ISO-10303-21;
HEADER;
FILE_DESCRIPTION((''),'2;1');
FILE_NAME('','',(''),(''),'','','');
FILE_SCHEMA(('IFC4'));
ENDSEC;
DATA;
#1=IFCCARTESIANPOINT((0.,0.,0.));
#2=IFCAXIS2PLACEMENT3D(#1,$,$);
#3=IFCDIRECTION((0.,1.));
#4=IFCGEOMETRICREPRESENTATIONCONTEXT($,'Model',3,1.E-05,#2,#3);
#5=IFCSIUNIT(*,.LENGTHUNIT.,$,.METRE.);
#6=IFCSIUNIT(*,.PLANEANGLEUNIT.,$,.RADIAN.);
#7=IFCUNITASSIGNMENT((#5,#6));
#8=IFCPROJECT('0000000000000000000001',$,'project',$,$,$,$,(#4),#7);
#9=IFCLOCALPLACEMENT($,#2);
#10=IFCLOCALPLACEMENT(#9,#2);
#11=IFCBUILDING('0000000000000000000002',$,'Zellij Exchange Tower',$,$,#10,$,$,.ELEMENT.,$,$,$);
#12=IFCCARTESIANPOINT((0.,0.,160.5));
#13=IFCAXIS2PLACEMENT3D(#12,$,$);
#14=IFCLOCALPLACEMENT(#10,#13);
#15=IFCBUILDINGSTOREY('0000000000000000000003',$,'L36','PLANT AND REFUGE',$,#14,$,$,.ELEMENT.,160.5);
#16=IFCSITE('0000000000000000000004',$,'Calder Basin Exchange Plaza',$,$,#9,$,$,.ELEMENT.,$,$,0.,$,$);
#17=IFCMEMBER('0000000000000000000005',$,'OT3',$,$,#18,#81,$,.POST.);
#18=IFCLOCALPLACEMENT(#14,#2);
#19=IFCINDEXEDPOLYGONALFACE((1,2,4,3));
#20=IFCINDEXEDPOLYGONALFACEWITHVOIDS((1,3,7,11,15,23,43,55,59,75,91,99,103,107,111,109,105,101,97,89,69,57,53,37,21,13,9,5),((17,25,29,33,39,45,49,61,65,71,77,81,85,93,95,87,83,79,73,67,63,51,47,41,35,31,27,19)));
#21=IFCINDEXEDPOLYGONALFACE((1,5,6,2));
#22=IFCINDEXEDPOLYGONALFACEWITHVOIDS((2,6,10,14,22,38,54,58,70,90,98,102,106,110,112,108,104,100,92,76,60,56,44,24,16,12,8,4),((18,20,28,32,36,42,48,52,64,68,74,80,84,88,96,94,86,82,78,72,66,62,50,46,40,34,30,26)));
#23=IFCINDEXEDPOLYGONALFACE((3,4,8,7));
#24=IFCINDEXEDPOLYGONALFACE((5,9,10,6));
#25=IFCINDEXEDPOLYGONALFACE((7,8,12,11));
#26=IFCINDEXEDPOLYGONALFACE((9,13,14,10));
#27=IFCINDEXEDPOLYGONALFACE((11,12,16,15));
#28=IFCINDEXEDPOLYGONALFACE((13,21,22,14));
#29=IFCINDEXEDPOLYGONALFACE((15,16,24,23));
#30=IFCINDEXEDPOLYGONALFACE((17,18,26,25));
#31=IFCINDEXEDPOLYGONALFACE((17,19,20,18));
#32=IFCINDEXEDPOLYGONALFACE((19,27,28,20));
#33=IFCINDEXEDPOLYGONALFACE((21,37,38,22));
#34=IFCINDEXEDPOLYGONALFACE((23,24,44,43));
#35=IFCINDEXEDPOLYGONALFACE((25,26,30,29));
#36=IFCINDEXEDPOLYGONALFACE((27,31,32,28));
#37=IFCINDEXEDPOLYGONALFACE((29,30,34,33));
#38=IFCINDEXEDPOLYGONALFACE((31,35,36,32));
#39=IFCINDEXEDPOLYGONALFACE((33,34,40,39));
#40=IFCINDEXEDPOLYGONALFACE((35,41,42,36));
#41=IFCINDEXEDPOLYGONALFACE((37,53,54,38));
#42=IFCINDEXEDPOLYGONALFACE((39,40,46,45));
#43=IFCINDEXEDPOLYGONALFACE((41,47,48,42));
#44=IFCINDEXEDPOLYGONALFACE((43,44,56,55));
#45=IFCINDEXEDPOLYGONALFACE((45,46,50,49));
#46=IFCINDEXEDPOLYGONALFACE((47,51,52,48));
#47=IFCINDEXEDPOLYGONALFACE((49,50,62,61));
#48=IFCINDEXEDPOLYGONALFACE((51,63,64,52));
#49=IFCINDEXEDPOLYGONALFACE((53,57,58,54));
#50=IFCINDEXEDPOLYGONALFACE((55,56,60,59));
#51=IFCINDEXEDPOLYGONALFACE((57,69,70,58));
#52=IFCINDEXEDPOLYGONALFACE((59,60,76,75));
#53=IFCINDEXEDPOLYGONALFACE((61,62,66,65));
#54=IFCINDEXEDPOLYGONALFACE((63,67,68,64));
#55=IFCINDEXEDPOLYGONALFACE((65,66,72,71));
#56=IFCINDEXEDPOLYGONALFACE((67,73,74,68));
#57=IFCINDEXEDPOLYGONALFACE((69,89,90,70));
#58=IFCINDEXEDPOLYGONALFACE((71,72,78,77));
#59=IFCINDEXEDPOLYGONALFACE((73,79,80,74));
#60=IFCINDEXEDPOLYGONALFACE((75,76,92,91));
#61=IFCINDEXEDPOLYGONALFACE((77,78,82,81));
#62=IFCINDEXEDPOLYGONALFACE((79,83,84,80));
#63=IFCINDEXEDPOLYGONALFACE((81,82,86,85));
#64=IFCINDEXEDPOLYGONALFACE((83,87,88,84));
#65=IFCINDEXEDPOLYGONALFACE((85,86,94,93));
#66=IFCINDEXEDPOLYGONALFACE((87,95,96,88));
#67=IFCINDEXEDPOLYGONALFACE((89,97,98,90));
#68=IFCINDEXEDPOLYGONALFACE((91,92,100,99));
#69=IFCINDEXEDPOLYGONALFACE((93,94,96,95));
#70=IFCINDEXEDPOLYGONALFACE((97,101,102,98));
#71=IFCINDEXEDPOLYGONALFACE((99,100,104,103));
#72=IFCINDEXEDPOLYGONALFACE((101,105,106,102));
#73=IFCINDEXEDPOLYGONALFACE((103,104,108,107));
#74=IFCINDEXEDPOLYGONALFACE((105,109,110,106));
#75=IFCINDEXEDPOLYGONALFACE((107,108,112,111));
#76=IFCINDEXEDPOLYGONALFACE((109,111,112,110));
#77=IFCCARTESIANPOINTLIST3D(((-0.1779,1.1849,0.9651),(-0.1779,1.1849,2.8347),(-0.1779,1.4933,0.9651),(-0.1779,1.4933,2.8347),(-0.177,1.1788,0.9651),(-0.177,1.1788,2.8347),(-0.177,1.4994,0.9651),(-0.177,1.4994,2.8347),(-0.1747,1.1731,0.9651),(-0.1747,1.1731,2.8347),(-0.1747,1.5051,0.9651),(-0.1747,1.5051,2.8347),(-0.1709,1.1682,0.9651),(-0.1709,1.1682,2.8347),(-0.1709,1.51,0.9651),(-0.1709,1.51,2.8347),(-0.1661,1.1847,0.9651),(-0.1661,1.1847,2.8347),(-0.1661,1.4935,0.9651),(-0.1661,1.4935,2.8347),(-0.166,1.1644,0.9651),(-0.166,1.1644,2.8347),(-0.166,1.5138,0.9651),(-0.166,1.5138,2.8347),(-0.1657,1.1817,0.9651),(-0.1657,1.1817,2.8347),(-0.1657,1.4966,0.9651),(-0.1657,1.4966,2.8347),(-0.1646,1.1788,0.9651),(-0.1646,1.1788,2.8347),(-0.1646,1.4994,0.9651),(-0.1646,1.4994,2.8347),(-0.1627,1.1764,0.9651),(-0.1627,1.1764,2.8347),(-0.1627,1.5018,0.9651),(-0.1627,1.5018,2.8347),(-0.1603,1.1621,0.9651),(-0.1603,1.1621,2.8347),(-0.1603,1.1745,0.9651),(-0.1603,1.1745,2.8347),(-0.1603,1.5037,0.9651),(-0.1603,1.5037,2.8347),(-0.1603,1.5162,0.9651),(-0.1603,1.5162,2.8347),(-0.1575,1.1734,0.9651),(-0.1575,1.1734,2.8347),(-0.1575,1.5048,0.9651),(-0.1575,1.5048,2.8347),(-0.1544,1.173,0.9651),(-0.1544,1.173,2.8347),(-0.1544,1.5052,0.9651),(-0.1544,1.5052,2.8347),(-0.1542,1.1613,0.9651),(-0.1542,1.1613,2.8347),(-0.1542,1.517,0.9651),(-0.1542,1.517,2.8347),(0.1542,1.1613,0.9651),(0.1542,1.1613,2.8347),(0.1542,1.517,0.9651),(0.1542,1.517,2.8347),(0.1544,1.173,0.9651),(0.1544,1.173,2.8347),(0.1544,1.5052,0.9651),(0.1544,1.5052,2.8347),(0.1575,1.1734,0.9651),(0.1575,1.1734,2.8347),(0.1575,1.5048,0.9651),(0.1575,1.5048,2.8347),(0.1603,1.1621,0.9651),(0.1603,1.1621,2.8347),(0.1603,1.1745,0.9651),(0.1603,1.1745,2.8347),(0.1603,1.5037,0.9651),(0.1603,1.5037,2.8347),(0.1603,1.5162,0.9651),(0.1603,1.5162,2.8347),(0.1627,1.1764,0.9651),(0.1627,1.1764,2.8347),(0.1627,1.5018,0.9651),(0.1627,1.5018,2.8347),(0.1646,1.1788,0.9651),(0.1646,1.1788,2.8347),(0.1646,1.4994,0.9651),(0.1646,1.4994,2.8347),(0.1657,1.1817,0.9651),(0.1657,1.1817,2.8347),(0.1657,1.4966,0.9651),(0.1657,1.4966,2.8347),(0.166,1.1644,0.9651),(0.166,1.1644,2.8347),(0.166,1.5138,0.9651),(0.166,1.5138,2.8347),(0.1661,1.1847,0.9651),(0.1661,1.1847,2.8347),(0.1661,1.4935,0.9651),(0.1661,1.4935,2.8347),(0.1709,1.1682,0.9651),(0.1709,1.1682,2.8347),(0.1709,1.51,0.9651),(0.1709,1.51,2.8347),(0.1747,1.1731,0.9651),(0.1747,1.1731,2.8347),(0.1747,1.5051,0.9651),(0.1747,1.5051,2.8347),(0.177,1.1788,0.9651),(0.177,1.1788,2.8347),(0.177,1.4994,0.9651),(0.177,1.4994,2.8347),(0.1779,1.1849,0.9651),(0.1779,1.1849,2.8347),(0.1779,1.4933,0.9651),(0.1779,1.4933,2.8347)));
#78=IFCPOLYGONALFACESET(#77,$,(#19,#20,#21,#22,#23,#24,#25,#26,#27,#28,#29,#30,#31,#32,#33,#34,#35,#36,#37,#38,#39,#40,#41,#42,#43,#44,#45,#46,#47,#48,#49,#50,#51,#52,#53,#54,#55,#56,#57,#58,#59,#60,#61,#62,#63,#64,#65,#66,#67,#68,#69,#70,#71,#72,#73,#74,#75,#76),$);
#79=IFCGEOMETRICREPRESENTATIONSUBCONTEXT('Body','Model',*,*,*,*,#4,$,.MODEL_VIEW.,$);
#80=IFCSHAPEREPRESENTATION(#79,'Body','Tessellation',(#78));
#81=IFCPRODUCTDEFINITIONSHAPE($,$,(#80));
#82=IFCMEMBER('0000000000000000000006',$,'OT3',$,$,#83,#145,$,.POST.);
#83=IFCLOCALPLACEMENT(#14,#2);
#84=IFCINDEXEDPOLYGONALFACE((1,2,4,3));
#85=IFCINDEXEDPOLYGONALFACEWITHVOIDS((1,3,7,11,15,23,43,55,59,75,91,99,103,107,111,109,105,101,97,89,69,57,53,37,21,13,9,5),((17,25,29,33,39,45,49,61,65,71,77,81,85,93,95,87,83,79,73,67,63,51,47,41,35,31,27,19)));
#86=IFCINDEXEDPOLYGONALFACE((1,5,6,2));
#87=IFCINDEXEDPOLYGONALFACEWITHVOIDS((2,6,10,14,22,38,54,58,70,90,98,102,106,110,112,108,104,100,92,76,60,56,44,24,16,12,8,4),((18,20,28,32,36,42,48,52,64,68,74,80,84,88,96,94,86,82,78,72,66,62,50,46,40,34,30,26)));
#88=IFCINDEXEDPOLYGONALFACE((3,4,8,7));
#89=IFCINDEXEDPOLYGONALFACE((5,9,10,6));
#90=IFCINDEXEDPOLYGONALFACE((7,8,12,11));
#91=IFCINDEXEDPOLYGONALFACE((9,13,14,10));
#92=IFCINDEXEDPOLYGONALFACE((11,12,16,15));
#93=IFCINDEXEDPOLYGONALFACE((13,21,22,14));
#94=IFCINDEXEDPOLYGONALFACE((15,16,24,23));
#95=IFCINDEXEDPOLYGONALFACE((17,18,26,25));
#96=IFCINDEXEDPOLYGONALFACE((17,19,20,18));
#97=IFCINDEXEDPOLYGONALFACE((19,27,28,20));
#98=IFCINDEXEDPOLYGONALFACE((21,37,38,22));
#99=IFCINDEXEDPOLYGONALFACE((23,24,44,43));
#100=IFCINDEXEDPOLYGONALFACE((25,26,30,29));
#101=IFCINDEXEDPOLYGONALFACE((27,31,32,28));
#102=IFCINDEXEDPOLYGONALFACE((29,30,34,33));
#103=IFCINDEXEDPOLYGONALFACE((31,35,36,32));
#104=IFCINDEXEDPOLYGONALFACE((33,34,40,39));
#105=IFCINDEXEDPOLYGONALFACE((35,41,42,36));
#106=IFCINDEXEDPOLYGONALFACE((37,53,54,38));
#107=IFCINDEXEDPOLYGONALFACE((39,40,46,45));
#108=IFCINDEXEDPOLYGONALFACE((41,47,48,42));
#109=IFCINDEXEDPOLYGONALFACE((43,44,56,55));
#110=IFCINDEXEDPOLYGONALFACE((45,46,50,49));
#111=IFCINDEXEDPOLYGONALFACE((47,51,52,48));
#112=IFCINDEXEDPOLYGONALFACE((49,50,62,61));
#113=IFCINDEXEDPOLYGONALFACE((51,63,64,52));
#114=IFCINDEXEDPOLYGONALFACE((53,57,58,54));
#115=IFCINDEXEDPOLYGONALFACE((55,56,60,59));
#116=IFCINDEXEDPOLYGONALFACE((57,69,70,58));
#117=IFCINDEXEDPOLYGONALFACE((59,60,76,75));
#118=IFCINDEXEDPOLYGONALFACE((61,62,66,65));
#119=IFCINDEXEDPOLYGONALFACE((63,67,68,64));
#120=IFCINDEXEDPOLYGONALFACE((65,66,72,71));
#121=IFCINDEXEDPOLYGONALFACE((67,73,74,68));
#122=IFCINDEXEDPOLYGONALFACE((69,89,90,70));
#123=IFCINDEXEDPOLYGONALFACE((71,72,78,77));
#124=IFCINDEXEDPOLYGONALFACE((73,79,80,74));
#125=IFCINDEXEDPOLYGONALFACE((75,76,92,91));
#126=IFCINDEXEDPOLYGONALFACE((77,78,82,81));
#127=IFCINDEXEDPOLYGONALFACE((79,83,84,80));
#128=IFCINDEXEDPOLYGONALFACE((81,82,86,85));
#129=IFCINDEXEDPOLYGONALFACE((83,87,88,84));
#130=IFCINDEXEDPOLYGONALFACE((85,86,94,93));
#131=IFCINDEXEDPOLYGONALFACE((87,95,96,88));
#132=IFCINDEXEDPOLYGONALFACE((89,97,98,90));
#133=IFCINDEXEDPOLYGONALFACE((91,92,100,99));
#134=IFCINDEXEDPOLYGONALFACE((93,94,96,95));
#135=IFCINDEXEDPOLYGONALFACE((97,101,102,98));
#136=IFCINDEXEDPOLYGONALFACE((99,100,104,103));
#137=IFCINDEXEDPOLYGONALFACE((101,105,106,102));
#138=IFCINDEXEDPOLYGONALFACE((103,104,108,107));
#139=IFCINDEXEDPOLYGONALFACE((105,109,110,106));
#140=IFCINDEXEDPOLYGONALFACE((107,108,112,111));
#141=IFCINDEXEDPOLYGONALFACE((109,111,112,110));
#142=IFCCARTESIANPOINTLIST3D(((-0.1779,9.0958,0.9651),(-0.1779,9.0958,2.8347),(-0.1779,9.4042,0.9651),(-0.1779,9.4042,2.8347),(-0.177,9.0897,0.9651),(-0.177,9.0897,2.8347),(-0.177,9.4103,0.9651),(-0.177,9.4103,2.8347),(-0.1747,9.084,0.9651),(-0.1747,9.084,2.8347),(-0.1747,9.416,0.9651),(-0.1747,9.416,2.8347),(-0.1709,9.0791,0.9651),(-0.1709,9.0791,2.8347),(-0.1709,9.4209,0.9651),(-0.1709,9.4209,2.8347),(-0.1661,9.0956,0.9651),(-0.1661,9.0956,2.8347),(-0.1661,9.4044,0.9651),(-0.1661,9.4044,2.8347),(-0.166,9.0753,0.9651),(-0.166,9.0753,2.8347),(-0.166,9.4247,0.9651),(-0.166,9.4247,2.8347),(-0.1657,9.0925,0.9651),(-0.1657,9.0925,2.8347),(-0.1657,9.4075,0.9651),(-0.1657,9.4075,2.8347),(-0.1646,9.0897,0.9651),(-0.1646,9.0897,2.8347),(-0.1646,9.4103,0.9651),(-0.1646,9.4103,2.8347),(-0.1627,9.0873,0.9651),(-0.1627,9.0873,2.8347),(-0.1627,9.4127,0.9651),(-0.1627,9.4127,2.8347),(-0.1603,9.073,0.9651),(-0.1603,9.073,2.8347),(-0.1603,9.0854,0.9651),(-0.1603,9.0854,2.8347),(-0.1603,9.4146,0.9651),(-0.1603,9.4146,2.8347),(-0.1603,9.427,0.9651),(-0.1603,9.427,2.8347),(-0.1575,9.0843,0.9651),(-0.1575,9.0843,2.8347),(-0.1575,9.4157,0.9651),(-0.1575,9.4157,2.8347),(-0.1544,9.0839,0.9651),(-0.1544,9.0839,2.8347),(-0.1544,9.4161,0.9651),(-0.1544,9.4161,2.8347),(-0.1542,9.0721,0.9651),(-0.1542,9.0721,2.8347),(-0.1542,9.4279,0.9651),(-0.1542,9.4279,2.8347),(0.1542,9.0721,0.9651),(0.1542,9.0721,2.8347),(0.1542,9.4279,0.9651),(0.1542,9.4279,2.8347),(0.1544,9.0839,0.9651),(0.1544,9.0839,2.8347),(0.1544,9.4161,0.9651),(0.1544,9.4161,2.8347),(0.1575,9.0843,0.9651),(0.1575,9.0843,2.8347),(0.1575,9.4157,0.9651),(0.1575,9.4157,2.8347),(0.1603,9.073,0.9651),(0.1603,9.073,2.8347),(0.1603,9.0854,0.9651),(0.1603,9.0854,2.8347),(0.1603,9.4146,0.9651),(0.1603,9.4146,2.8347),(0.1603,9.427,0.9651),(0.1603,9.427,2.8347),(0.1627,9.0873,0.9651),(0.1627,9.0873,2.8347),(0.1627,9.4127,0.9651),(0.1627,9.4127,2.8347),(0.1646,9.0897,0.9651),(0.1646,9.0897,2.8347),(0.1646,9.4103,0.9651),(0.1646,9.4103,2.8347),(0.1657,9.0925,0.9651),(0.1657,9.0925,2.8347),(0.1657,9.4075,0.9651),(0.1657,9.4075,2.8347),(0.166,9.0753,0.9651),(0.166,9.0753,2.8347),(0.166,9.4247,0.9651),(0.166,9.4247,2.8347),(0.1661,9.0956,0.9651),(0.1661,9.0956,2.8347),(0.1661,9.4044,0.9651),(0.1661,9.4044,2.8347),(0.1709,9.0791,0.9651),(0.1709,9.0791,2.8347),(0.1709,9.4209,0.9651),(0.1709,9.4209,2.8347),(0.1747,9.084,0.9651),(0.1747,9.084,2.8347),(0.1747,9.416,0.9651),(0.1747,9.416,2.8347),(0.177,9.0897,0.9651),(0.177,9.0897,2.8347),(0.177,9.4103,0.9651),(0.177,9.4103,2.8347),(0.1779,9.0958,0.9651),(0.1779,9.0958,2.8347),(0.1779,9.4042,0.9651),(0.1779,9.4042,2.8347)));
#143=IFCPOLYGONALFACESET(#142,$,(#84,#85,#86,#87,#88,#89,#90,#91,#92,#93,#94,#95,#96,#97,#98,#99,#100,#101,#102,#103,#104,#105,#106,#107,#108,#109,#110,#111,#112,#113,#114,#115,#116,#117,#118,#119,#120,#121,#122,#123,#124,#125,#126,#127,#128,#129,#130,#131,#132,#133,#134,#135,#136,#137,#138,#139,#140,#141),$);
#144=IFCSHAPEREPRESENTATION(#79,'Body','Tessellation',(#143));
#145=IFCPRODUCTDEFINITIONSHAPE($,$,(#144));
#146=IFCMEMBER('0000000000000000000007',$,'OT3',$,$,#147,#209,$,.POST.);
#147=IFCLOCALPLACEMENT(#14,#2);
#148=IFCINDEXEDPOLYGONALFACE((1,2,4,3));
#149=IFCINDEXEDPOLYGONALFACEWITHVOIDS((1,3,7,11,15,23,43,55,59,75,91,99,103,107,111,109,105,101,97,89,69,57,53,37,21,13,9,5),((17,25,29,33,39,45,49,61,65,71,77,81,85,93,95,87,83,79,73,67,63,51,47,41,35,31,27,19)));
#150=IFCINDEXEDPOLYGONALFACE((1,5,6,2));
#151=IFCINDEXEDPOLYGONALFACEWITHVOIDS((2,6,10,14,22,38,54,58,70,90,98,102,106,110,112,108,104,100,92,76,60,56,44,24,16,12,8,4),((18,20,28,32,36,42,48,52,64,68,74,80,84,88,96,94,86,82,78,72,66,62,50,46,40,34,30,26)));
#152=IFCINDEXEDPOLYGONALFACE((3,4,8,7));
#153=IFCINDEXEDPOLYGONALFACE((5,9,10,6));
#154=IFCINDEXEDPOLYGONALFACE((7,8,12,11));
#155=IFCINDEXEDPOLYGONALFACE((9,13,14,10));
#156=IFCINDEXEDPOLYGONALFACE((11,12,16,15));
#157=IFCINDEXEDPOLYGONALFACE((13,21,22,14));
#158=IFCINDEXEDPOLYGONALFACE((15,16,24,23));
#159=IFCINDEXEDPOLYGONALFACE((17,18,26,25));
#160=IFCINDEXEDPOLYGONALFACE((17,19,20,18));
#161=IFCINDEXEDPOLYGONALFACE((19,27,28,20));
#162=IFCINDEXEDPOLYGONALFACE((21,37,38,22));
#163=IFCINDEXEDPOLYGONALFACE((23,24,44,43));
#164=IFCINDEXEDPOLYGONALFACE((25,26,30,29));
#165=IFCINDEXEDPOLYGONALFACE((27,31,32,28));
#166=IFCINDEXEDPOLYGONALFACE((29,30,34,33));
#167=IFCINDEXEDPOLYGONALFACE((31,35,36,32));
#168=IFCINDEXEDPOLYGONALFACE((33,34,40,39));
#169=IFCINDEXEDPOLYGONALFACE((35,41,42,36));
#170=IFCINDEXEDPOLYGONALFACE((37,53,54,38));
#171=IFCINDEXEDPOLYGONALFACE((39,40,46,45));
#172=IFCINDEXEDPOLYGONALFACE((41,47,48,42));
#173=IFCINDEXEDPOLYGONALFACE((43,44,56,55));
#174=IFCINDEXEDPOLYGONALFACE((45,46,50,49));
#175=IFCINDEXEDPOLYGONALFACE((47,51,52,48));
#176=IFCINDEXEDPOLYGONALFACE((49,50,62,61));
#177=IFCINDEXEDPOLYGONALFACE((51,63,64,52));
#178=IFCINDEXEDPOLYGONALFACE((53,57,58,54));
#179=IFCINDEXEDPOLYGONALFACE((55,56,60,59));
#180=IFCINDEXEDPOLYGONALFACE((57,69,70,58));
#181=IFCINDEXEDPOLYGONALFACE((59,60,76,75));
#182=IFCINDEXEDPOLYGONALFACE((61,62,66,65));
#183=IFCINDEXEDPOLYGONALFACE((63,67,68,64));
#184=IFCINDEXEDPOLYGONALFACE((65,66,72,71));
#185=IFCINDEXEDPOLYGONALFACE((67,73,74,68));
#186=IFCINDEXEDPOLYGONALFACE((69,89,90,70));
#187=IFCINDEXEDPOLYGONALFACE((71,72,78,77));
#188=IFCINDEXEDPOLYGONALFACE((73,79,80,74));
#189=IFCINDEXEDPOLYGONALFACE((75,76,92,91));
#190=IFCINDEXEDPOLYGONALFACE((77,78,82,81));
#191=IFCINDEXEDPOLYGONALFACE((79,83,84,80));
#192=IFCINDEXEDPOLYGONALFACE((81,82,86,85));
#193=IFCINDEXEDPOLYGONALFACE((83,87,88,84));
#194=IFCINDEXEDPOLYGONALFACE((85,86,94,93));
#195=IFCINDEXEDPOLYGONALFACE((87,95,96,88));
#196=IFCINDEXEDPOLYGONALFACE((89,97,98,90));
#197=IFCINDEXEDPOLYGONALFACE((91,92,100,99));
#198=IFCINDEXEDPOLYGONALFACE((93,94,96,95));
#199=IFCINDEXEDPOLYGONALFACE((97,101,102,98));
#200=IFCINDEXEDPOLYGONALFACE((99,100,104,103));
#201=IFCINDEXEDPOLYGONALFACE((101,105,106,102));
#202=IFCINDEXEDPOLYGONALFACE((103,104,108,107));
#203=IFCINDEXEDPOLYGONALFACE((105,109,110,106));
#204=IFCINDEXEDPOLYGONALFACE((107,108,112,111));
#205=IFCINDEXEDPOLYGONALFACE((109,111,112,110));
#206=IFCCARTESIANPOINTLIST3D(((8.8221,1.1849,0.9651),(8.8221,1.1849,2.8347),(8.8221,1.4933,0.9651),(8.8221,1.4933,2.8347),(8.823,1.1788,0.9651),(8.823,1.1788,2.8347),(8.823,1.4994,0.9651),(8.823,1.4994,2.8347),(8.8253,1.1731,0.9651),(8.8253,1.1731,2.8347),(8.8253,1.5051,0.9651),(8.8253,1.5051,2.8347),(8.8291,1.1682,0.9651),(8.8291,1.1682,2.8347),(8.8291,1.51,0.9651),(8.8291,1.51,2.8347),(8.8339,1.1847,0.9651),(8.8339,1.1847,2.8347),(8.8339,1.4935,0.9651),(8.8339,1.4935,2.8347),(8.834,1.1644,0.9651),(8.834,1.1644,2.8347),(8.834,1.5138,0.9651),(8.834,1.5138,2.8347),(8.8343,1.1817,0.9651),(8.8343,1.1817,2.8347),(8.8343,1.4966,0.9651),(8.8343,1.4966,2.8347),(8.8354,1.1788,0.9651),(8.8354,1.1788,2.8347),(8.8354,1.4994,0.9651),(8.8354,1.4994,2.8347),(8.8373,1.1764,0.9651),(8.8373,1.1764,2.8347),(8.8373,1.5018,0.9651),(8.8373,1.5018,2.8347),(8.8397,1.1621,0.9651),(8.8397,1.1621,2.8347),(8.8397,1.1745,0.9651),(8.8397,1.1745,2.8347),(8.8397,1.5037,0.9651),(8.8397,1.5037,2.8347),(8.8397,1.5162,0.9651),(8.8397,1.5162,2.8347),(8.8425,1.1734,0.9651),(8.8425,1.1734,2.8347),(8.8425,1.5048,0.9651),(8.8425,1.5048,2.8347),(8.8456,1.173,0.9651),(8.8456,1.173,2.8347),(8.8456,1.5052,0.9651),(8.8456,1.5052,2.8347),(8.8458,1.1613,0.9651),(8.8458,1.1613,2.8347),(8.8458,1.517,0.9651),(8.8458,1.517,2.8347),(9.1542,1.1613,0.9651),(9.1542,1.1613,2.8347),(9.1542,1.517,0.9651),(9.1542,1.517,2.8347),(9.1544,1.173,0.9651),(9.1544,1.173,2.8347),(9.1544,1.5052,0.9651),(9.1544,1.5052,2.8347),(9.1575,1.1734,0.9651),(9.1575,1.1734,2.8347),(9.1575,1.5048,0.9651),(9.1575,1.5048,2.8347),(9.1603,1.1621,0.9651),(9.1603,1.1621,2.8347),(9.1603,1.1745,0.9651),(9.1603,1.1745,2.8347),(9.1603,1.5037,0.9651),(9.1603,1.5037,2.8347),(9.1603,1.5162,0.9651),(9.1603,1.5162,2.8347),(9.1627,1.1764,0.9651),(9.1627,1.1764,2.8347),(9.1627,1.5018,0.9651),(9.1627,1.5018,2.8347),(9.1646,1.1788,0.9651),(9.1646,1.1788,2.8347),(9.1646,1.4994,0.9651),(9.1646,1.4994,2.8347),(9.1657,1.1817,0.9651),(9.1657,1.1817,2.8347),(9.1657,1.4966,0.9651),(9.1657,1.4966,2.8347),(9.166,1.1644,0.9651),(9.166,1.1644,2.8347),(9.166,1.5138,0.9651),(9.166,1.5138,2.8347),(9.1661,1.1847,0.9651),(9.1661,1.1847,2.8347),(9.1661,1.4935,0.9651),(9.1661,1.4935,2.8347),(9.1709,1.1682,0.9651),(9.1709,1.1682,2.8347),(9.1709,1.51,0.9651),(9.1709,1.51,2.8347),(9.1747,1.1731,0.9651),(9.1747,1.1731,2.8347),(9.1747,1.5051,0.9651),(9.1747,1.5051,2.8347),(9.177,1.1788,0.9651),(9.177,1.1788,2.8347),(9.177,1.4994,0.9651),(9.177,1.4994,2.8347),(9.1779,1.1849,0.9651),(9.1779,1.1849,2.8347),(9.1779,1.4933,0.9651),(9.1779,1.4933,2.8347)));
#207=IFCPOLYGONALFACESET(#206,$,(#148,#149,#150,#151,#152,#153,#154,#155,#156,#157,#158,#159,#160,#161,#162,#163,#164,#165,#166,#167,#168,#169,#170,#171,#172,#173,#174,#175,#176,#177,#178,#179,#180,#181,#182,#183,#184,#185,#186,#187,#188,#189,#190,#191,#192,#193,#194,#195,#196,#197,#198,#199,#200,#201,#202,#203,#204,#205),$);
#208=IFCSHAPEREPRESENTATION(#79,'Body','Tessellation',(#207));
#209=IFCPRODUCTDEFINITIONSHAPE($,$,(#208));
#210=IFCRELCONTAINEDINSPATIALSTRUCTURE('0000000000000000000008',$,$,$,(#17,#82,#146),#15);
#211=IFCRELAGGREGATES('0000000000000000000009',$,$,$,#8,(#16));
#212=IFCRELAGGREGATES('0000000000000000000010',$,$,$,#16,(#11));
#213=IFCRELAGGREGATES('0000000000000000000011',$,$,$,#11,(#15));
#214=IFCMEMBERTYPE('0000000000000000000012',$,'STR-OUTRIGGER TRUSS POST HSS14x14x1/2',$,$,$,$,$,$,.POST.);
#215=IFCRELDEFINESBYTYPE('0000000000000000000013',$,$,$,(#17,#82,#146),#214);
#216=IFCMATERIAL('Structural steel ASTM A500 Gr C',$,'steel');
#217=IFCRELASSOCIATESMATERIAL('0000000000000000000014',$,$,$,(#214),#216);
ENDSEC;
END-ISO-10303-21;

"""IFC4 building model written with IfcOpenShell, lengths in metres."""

from ifc_helpers import new_model, si_unit, direction, frame, origin, origin_2d, place, context, subcontext, project, spatial, hollow_rectangle, extrude, material, material_profile, profile_set, type_object, element, save


model = new_model("IFC4")

# Units and contexts
model_context = context("Model", 3, precision=1e-05, world=origin(), true_north=direction((0.0, 1.0)))
body_context = subcontext(model_context, "Body", "Model", "MODEL_VIEW")
ifc_project = project(units=[si_unit("LENGTHUNIT", "METRE"), si_unit("PLANEANGLEUNIT", "RADIAN")], contexts=[model_context])

# Site, building, storey
site_placement = place(None, origin())
site = spatial("IfcSite", under=ifc_project, at=site_placement, Name="Calder Basin Exchange Plaza", CompositionType="ELEMENT", RefElevation=0.0)
building_placement = place(site_placement, origin())
building = spatial("IfcBuilding", under=site, at=building_placement, Name="Zellij Exchange Tower", CompositionType="ELEMENT")
storey_placement = place(building_placement, frame((0.0, 0.0, 160.5)))
storey = spatial("IfcBuildingStorey", under=building, at=storey_placement, Name="L36", Description="PLANT AND REFUGE", CompositionType="ELEMENT", Elevation=160.5)

# Members
ifc_material_1 = material(Name="Structural steel ASTM A500 Gr C", Category="steel")
ifc_material_profile_1 = material_profile(ifc_material_1, hollow_rectangle(XDim=0.3557, YDim=0.3557, WallThickness=0.0117, InnerFilletRadius=0.0117, OuterFilletRadius=0.0237, at=origin_2d()), Name="STR-OUTRIGGER TRUSS POST HSS14x14x1/2")
ifc_profile_set_1 = profile_set([ifc_material_profile_1], Name="Structural steel ASTM A500 Gr C")
member_type_1 = type_object("IfcMemberType", Name="STR-OUTRIGGER TRUSS POST HSS14x14x1/2", PredefinedType="POST", material=ifc_profile_set_1)
for number, where, z_axis, x_axis, name in (
    (1, (0.0, 1.3391, 0.9651), (0.0, 0.0, 1.0), (1.0, 0.0, 0.0), "OT3"),
    (2, (0.0, 9.25, 0.9651), (0.0, 0.0, 1.0), (1.0, 0.0, 0.0), "OT3"),
    (3, (9.0, 1.3391, 0.9651), (0.0, 0.0, 1.0), (1.0, 0.0, 0.0), "OT3"),
):
    element("IfcMember", number, at=place(storey_placement, frame(where, z_axis=z_axis, x_axis=x_axis)), inside=storey, type_object=member_type_1, Name=name, PredefinedType="POST", context=body_context, shape_type="SweptSolid", body=[
        extrude(hollow_rectangle(XDim=0.3557, YDim=0.3557, WallThickness=0.0117, InnerFilletRadius=0.0117, OuterFilletRadius=0.0237, at=origin_2d()), origin(), (0.0, 0.0, 1.0), 1.8696),
    ])

save(model, "model.ifc")
